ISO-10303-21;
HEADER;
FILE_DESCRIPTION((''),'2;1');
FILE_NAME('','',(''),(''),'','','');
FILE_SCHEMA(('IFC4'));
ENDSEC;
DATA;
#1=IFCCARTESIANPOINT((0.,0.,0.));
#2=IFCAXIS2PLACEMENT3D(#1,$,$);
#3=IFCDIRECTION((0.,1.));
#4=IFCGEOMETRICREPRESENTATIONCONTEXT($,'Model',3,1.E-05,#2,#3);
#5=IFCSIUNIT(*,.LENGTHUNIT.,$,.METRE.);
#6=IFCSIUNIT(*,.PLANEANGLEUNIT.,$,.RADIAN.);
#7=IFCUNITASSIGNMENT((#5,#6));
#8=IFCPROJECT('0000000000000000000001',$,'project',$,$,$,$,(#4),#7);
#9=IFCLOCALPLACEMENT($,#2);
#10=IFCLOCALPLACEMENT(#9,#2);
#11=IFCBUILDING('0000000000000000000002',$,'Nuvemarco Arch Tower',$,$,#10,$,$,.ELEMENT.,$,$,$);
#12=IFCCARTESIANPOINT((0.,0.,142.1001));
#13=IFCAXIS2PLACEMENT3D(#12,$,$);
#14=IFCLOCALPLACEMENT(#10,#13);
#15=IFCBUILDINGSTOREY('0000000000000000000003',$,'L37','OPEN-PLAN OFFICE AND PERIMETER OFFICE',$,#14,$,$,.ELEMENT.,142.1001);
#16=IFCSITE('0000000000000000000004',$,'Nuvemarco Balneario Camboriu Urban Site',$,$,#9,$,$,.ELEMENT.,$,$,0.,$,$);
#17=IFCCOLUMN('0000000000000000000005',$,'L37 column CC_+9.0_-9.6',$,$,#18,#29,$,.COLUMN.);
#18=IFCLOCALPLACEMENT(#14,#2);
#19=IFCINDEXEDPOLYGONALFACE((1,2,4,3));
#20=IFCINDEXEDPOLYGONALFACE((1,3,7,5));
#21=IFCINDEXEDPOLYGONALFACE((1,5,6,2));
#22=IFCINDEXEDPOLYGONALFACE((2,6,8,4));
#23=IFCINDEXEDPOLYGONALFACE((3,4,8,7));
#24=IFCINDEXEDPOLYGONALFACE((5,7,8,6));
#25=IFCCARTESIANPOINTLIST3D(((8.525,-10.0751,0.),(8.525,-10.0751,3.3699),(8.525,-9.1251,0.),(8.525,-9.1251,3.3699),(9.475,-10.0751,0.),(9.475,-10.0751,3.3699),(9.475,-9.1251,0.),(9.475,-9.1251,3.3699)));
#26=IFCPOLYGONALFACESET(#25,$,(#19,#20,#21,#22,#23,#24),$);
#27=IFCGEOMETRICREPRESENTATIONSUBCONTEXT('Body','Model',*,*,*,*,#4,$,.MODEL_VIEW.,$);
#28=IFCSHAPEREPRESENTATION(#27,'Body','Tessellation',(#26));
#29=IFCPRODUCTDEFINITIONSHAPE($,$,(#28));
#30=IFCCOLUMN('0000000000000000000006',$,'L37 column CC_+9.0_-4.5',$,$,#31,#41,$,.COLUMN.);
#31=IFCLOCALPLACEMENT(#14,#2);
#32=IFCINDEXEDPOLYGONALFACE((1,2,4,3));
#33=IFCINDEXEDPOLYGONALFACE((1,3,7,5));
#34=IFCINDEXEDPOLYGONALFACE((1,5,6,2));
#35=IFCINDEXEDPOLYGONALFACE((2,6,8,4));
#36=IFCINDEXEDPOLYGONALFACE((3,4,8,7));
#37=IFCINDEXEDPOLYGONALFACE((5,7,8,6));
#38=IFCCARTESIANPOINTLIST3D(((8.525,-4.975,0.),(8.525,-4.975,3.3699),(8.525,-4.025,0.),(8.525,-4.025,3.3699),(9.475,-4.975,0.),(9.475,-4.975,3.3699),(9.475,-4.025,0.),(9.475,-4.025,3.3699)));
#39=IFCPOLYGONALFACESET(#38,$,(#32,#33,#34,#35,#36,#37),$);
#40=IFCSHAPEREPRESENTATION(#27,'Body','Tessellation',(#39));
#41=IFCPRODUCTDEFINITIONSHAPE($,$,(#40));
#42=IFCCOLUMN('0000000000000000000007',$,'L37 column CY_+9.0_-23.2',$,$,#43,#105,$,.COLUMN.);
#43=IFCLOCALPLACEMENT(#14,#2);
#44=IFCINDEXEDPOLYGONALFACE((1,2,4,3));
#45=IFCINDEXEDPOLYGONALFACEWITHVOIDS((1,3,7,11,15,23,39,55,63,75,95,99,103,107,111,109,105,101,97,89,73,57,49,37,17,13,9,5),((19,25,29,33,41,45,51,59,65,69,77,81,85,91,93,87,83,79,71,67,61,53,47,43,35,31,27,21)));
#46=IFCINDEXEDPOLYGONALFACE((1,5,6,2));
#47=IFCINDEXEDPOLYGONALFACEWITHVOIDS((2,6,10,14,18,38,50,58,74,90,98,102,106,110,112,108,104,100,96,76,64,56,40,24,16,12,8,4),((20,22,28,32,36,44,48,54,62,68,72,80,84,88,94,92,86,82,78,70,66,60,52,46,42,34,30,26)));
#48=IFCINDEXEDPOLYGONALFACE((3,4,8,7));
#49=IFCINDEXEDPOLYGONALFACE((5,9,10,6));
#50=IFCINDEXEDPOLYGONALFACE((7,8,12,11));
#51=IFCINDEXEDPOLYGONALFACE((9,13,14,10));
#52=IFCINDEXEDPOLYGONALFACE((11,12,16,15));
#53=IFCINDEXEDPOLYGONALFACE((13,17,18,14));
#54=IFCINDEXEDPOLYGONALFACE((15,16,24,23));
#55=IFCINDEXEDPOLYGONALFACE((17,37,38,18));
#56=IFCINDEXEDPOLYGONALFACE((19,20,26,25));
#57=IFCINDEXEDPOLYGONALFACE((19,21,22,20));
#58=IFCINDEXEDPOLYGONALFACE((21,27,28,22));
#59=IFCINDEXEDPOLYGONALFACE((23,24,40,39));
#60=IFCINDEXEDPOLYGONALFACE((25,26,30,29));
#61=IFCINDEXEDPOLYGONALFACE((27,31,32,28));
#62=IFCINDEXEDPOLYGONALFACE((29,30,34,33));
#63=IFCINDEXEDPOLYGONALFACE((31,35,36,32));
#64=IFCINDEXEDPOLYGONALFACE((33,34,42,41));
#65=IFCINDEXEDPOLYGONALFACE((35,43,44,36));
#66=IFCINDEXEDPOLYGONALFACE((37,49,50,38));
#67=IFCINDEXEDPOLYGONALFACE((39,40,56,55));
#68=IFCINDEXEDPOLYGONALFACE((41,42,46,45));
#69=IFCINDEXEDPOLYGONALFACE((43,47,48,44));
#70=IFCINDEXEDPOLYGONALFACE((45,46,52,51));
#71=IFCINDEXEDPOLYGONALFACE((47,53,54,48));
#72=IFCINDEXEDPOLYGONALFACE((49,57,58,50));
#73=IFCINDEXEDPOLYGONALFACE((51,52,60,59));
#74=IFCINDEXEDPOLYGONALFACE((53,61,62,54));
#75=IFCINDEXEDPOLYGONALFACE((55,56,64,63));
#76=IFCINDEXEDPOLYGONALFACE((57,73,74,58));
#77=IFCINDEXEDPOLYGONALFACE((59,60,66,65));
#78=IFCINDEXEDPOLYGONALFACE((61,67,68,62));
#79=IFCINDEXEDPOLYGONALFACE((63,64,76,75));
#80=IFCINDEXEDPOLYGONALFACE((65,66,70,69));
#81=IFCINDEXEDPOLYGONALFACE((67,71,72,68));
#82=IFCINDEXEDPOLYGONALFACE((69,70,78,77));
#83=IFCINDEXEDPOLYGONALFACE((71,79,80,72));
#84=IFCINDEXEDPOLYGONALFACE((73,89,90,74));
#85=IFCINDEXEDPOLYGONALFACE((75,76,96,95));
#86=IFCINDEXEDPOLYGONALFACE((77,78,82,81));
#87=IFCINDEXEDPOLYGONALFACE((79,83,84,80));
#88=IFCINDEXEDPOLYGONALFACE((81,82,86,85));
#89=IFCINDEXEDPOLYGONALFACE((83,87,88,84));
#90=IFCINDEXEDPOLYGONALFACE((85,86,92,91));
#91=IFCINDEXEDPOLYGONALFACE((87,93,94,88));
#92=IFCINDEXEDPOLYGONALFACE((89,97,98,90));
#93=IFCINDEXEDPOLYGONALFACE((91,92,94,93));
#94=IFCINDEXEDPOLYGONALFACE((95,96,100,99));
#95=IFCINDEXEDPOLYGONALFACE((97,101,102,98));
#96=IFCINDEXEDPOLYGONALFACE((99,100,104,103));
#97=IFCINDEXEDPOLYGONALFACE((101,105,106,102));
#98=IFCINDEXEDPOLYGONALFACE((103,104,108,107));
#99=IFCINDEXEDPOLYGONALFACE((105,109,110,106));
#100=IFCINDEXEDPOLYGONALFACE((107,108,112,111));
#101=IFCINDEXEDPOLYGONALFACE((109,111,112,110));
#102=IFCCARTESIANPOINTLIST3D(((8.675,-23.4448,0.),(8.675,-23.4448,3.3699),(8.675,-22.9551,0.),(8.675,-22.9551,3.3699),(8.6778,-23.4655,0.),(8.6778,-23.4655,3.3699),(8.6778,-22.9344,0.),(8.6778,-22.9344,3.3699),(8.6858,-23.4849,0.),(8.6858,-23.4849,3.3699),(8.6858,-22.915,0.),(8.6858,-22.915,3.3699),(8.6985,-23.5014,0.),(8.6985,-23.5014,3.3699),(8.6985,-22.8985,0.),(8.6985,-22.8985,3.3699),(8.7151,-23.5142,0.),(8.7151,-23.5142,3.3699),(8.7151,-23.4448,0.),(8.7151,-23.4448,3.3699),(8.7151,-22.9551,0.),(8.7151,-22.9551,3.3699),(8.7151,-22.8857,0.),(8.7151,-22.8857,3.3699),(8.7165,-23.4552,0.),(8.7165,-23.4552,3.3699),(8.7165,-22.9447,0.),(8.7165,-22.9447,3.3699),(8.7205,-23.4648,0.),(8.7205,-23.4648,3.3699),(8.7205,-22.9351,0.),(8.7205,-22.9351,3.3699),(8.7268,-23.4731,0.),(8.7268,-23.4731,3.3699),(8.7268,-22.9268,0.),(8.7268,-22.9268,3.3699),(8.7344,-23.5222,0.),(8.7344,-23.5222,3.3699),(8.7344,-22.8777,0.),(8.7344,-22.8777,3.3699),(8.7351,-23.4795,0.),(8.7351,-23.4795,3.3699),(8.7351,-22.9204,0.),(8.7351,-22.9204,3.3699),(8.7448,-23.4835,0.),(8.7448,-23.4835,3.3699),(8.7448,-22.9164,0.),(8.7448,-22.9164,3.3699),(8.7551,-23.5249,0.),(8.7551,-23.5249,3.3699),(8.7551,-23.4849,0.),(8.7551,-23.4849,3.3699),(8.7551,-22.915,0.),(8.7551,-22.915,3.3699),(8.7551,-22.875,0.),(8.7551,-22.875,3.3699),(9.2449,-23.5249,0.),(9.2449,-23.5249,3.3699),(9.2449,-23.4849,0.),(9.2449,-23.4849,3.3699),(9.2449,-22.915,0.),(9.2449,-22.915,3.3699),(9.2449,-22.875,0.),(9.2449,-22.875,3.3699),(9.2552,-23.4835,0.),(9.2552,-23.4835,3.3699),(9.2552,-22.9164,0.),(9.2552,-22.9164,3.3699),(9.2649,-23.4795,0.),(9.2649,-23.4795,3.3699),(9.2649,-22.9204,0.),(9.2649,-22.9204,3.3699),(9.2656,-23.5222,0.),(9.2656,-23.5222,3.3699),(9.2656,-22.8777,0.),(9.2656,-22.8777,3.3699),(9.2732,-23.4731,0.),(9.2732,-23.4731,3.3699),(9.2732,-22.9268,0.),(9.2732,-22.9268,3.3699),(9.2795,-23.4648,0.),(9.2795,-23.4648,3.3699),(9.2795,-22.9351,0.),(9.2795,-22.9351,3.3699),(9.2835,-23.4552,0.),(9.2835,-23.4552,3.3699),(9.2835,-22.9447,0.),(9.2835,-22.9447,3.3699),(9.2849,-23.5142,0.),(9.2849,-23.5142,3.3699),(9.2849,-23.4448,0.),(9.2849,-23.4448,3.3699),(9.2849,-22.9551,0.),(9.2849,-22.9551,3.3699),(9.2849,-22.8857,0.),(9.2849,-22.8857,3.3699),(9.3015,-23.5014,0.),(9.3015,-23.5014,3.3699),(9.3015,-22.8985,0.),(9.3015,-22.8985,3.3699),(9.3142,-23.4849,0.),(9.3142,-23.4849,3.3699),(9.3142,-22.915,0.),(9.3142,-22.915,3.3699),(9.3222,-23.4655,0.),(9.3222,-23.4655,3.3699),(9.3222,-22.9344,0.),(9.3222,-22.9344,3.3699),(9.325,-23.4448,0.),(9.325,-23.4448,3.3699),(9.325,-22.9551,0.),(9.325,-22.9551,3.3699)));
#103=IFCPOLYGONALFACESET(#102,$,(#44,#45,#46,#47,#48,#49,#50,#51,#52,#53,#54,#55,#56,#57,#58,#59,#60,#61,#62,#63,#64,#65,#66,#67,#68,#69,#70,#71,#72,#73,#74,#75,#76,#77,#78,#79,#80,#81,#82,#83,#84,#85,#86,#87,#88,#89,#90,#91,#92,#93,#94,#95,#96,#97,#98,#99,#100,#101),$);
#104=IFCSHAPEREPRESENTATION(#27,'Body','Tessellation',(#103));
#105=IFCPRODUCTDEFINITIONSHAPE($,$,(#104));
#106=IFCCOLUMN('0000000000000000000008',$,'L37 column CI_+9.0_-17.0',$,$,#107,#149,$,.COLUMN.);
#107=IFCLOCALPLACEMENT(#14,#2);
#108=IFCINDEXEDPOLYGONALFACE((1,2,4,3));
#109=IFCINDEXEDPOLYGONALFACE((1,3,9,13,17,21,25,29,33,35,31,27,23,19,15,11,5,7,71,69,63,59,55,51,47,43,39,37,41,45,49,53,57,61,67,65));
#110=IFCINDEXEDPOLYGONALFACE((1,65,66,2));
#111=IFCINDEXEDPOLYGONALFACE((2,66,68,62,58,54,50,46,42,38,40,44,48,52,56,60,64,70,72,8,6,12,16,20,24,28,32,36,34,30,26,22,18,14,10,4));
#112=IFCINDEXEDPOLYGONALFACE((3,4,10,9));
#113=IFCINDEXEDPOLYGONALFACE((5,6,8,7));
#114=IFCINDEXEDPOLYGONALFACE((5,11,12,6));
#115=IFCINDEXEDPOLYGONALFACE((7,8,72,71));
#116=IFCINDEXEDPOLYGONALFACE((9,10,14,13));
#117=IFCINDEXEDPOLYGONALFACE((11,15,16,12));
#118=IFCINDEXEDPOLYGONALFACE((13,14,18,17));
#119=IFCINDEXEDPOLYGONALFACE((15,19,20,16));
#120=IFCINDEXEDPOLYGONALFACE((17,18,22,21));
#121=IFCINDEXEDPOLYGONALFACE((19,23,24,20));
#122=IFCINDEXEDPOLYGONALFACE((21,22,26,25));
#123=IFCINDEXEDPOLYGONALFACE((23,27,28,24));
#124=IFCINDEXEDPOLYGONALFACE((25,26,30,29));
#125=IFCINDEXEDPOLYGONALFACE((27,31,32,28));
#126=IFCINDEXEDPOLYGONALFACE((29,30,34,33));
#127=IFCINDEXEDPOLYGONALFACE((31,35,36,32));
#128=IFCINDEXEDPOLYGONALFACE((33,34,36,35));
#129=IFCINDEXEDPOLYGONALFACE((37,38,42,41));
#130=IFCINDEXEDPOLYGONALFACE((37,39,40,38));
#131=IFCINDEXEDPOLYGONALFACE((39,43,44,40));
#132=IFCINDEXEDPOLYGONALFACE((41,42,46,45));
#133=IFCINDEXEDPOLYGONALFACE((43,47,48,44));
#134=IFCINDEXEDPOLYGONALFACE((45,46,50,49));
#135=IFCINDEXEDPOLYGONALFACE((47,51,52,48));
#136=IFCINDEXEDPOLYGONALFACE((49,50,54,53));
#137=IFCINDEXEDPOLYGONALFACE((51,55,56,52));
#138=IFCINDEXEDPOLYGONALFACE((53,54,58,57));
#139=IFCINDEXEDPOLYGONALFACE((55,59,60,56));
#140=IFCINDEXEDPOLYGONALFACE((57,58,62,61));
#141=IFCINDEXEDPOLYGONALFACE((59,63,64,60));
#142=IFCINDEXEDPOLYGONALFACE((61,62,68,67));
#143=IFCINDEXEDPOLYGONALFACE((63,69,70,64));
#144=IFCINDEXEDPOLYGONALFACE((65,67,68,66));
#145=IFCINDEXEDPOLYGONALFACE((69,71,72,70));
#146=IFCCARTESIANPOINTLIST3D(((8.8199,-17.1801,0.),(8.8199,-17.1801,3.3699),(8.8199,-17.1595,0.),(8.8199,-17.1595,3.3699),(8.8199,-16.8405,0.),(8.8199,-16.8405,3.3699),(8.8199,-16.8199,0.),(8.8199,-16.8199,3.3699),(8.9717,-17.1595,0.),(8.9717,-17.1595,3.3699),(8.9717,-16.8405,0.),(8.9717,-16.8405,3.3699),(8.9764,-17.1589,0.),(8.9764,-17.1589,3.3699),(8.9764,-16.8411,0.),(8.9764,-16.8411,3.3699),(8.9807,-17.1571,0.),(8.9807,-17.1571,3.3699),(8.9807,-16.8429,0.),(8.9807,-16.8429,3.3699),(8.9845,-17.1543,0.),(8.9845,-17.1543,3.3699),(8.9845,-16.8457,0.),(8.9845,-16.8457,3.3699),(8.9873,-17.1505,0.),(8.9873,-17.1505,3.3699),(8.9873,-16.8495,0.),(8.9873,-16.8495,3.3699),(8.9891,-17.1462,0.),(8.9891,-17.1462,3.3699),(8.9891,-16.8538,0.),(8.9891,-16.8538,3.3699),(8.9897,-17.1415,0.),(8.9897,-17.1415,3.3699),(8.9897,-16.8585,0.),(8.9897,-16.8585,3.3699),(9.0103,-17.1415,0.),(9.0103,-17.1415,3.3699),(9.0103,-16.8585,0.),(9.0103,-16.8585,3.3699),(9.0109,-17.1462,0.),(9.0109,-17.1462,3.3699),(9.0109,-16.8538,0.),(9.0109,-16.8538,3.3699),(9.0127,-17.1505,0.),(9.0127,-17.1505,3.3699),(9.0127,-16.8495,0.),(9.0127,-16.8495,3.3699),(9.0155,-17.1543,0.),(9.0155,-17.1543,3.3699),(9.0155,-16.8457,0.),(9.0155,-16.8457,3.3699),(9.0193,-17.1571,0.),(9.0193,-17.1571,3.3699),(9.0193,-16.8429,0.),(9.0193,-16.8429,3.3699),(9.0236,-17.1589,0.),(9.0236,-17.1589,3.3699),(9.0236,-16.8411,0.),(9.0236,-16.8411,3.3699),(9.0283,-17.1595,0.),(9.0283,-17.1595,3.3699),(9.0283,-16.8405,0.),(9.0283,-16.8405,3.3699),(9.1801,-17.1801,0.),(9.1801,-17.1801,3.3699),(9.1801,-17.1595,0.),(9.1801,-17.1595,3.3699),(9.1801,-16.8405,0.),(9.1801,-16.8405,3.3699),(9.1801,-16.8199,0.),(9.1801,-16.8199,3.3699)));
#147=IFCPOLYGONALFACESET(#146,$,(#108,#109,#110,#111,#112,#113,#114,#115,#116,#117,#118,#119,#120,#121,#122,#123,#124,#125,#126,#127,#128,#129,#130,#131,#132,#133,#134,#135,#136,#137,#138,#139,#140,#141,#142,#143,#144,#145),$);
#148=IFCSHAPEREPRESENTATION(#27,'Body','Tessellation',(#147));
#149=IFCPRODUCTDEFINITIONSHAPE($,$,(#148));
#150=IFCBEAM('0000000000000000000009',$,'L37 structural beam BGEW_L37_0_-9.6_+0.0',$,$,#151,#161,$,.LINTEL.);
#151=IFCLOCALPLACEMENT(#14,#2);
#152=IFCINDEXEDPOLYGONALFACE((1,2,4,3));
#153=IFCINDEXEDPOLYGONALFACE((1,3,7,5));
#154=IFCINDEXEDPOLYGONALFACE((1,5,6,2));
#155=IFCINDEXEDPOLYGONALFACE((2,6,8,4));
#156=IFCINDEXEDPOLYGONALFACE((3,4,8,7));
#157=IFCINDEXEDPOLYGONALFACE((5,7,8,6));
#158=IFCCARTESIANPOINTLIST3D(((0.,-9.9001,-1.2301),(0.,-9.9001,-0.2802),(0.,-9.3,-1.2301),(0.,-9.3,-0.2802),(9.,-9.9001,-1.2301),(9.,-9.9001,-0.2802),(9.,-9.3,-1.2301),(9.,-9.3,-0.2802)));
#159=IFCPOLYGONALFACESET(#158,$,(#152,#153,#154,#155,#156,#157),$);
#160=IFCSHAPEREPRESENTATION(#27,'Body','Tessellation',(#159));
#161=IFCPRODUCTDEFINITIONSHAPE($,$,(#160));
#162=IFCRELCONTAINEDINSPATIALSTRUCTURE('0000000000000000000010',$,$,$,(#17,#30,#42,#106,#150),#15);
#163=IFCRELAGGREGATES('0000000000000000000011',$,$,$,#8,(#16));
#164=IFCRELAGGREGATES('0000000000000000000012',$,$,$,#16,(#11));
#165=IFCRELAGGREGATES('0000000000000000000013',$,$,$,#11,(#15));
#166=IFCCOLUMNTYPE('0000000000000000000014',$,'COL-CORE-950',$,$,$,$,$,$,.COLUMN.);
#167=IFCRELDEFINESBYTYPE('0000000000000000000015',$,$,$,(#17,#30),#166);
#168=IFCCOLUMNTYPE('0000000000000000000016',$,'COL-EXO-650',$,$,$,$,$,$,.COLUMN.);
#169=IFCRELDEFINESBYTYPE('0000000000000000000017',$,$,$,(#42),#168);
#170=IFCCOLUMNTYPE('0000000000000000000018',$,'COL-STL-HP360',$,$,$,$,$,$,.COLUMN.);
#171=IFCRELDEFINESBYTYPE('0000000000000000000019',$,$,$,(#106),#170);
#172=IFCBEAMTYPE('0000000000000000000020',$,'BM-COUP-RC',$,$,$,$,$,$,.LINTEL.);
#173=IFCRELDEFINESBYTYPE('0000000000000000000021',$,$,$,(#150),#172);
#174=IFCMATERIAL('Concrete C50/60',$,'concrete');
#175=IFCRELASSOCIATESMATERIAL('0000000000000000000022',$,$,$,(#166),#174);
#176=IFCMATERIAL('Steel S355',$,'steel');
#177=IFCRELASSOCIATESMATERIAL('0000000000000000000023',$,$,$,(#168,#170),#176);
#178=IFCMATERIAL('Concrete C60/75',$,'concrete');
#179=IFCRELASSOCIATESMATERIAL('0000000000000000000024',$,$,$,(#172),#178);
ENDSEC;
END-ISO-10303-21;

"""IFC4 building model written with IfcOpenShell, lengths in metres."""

from ifc_helpers import new_model, si_unit, direction, frame, origin, origin_2d, place, context, subcontext, project, spatial, rectangle, hollow_rectangle, i_section, extrude, material, material_profile, profile_set, type_object, element, save


model = new_model("IFC4")

# Units and contexts
model_context = context("Model", 3, precision=1e-05, world=origin(), true_north=direction((0.0, 1.0)))
body_context = subcontext(model_context, "Body", "Model", "MODEL_VIEW")
ifc_project = project(units=[si_unit("LENGTHUNIT", "METRE"), si_unit("PLANEANGLEUNIT", "RADIAN")], contexts=[model_context])

# Site, building, storey
site_placement = place(None, origin())
site = spatial("IfcSite", under=ifc_project, at=site_placement, Name="Nuvemarco Balneario Camboriu Urban Site", CompositionType="ELEMENT", RefElevation=0.0)
building_placement = place(site_placement, origin())
building = spatial("IfcBuilding", under=site, at=building_placement, Name="Nuvemarco Arch Tower", CompositionType="ELEMENT")
storey_placement = place(building_placement, frame((0.0, 0.0, 142.1001)))
storey = spatial("IfcBuildingStorey", under=building, at=storey_placement, Name="L37", Description="OPEN-PLAN OFFICE AND PERIMETER OFFICE", CompositionType="ELEMENT", Elevation=142.1001)

# Columns
ifc_material_1 = material(Name="Concrete C50/60", Category="concrete")
ifc_material_profile_1 = material_profile(ifc_material_1, rectangle(XDim=0.95, YDim=0.95, at=origin_2d()), Name="RC-COL-950x950")
ifc_profile_set_1 = profile_set([ifc_material_profile_1], Name="Concrete C50/60")
column_type_1 = type_object("IfcColumnType", Name="COL-CORE-950", PredefinedType="COLUMN", material=ifc_profile_set_1)
for number, where, z_axis, x_axis, name in (
    (1, (9.0, -9.6001, 0.0), (0.0, 0.0, 1.0), (1.0, 0.0, 0.0), "L37 column CC_+9.0_-9.6"),
    (2, (9.0, -4.5, 0.0), (0.0, 0.0, 1.0), (1.0, 0.0, 0.0), "L37 column CC_+9.0_-4.5"),
):
    element("IfcColumn", number, at=place(storey_placement, frame(where, z_axis=z_axis, x_axis=x_axis)), inside=storey, type_object=column_type_1, Name=name, PredefinedType="COLUMN", context=body_context, shape_type="SweptSolid", body=[
        extrude(rectangle(XDim=0.95, YDim=0.95, at=origin_2d()), origin(), (0.0, 0.0, 1.0), 3.3699),
    ])
ifc_material_2 = material(Name="Steel S355", Category="steel")
ifc_material_profile_2 = material_profile(ifc_material_2, hollow_rectangle(XDim=0.6499, YDim=0.6499, WallThickness=0.04, InnerFilletRadius=0.04, OuterFilletRadius=0.0801, at=origin_2d()), Name="SHS650x650x40")
ifc_profile_set_2 = profile_set([ifc_material_profile_2], Name="Steel S355")
column_type_2 = type_object("IfcColumnType", Name="COL-EXO-650", PredefinedType="COLUMN", material=ifc_profile_set_2)
column_1_placement = place(storey_placement, frame((9.0, -23.2, 0.0), z_axis=(0.0, 0.0, 1.0), x_axis=(1.0, 0.0, 0.0)))
element("IfcColumn", 3, at=column_1_placement, inside=storey, type_object=column_type_2, Name="L37 column CY_+9.0_-23.2", PredefinedType="COLUMN", context=body_context, shape_type="SweptSolid", body=[
    extrude(hollow_rectangle(XDim=0.6499, YDim=0.6499, WallThickness=0.04, InnerFilletRadius=0.04, OuterFilletRadius=0.0801, at=origin_2d()), origin(), (0.0, 0.0, 1.0), 3.3699),
])
ifc_material_profile_3 = material_profile(ifc_material_2, i_section(OverallWidth=0.3601, OverallDepth=0.3601, WebThickness=0.0205, FlangeThickness=0.0205, FilletRadius=0.0181, at=origin_2d()), Name="HP360x174")
ifc_profile_set_3 = profile_set([ifc_material_profile_3], Name="Steel S355")
column_type_3 = type_object("IfcColumnType", Name="COL-STL-HP360", PredefinedType="COLUMN", material=ifc_profile_set_3)
column_2_placement = place(storey_placement, frame((9.0, -17.0, 0.0), z_axis=(0.0, 0.0, 1.0), x_axis=(1.0, 0.0, 0.0)))
element("IfcColumn", 4, at=column_2_placement, inside=storey, type_object=column_type_3, Name="L37 column CI_+9.0_-17.0", PredefinedType="COLUMN", context=body_context, shape_type="SweptSolid", body=[
    extrude(i_section(OverallWidth=0.3601, OverallDepth=0.3601, WebThickness=0.0205, FlangeThickness=0.0205, FilletRadius=0.0181, at=origin_2d()), origin(), (0.0, 0.0, 1.0), 3.3699),
])

# Beam
ifc_material_3 = material(Name="Concrete C60/75", Category="concrete")
ifc_material_profile_4 = material_profile(ifc_material_3, rectangle(XDim=0.6001, YDim=0.95, at=origin_2d()), Name="RC-BM-600x950")
ifc_profile_set_4 = profile_set([ifc_material_profile_4], Name="Concrete C60/75")
beam_type_1 = type_object("IfcBeamType", Name="BM-COUP-RC", PredefinedType="LINTEL", material=ifc_profile_set_4)
beam_1_placement = place(storey_placement, frame((0.0, -9.6001, -0.7551), z_axis=(1.0, 0.0, 0.0), x_axis=(0.0, 1.0, 0.0)))
element("IfcBeam", 5, at=beam_1_placement, inside=storey, type_object=beam_type_1, Name="L37 structural beam BGEW_L37_0_-9.6_+0.0", PredefinedType="LINTEL", context=body_context, shape_type="SweptSolid", body=[
    extrude(rectangle(XDim=0.6001, YDim=0.95, at=origin_2d()), origin(), (0.0, 0.0, 1.0), 9.0),
])

save(model, "model.ifc")
